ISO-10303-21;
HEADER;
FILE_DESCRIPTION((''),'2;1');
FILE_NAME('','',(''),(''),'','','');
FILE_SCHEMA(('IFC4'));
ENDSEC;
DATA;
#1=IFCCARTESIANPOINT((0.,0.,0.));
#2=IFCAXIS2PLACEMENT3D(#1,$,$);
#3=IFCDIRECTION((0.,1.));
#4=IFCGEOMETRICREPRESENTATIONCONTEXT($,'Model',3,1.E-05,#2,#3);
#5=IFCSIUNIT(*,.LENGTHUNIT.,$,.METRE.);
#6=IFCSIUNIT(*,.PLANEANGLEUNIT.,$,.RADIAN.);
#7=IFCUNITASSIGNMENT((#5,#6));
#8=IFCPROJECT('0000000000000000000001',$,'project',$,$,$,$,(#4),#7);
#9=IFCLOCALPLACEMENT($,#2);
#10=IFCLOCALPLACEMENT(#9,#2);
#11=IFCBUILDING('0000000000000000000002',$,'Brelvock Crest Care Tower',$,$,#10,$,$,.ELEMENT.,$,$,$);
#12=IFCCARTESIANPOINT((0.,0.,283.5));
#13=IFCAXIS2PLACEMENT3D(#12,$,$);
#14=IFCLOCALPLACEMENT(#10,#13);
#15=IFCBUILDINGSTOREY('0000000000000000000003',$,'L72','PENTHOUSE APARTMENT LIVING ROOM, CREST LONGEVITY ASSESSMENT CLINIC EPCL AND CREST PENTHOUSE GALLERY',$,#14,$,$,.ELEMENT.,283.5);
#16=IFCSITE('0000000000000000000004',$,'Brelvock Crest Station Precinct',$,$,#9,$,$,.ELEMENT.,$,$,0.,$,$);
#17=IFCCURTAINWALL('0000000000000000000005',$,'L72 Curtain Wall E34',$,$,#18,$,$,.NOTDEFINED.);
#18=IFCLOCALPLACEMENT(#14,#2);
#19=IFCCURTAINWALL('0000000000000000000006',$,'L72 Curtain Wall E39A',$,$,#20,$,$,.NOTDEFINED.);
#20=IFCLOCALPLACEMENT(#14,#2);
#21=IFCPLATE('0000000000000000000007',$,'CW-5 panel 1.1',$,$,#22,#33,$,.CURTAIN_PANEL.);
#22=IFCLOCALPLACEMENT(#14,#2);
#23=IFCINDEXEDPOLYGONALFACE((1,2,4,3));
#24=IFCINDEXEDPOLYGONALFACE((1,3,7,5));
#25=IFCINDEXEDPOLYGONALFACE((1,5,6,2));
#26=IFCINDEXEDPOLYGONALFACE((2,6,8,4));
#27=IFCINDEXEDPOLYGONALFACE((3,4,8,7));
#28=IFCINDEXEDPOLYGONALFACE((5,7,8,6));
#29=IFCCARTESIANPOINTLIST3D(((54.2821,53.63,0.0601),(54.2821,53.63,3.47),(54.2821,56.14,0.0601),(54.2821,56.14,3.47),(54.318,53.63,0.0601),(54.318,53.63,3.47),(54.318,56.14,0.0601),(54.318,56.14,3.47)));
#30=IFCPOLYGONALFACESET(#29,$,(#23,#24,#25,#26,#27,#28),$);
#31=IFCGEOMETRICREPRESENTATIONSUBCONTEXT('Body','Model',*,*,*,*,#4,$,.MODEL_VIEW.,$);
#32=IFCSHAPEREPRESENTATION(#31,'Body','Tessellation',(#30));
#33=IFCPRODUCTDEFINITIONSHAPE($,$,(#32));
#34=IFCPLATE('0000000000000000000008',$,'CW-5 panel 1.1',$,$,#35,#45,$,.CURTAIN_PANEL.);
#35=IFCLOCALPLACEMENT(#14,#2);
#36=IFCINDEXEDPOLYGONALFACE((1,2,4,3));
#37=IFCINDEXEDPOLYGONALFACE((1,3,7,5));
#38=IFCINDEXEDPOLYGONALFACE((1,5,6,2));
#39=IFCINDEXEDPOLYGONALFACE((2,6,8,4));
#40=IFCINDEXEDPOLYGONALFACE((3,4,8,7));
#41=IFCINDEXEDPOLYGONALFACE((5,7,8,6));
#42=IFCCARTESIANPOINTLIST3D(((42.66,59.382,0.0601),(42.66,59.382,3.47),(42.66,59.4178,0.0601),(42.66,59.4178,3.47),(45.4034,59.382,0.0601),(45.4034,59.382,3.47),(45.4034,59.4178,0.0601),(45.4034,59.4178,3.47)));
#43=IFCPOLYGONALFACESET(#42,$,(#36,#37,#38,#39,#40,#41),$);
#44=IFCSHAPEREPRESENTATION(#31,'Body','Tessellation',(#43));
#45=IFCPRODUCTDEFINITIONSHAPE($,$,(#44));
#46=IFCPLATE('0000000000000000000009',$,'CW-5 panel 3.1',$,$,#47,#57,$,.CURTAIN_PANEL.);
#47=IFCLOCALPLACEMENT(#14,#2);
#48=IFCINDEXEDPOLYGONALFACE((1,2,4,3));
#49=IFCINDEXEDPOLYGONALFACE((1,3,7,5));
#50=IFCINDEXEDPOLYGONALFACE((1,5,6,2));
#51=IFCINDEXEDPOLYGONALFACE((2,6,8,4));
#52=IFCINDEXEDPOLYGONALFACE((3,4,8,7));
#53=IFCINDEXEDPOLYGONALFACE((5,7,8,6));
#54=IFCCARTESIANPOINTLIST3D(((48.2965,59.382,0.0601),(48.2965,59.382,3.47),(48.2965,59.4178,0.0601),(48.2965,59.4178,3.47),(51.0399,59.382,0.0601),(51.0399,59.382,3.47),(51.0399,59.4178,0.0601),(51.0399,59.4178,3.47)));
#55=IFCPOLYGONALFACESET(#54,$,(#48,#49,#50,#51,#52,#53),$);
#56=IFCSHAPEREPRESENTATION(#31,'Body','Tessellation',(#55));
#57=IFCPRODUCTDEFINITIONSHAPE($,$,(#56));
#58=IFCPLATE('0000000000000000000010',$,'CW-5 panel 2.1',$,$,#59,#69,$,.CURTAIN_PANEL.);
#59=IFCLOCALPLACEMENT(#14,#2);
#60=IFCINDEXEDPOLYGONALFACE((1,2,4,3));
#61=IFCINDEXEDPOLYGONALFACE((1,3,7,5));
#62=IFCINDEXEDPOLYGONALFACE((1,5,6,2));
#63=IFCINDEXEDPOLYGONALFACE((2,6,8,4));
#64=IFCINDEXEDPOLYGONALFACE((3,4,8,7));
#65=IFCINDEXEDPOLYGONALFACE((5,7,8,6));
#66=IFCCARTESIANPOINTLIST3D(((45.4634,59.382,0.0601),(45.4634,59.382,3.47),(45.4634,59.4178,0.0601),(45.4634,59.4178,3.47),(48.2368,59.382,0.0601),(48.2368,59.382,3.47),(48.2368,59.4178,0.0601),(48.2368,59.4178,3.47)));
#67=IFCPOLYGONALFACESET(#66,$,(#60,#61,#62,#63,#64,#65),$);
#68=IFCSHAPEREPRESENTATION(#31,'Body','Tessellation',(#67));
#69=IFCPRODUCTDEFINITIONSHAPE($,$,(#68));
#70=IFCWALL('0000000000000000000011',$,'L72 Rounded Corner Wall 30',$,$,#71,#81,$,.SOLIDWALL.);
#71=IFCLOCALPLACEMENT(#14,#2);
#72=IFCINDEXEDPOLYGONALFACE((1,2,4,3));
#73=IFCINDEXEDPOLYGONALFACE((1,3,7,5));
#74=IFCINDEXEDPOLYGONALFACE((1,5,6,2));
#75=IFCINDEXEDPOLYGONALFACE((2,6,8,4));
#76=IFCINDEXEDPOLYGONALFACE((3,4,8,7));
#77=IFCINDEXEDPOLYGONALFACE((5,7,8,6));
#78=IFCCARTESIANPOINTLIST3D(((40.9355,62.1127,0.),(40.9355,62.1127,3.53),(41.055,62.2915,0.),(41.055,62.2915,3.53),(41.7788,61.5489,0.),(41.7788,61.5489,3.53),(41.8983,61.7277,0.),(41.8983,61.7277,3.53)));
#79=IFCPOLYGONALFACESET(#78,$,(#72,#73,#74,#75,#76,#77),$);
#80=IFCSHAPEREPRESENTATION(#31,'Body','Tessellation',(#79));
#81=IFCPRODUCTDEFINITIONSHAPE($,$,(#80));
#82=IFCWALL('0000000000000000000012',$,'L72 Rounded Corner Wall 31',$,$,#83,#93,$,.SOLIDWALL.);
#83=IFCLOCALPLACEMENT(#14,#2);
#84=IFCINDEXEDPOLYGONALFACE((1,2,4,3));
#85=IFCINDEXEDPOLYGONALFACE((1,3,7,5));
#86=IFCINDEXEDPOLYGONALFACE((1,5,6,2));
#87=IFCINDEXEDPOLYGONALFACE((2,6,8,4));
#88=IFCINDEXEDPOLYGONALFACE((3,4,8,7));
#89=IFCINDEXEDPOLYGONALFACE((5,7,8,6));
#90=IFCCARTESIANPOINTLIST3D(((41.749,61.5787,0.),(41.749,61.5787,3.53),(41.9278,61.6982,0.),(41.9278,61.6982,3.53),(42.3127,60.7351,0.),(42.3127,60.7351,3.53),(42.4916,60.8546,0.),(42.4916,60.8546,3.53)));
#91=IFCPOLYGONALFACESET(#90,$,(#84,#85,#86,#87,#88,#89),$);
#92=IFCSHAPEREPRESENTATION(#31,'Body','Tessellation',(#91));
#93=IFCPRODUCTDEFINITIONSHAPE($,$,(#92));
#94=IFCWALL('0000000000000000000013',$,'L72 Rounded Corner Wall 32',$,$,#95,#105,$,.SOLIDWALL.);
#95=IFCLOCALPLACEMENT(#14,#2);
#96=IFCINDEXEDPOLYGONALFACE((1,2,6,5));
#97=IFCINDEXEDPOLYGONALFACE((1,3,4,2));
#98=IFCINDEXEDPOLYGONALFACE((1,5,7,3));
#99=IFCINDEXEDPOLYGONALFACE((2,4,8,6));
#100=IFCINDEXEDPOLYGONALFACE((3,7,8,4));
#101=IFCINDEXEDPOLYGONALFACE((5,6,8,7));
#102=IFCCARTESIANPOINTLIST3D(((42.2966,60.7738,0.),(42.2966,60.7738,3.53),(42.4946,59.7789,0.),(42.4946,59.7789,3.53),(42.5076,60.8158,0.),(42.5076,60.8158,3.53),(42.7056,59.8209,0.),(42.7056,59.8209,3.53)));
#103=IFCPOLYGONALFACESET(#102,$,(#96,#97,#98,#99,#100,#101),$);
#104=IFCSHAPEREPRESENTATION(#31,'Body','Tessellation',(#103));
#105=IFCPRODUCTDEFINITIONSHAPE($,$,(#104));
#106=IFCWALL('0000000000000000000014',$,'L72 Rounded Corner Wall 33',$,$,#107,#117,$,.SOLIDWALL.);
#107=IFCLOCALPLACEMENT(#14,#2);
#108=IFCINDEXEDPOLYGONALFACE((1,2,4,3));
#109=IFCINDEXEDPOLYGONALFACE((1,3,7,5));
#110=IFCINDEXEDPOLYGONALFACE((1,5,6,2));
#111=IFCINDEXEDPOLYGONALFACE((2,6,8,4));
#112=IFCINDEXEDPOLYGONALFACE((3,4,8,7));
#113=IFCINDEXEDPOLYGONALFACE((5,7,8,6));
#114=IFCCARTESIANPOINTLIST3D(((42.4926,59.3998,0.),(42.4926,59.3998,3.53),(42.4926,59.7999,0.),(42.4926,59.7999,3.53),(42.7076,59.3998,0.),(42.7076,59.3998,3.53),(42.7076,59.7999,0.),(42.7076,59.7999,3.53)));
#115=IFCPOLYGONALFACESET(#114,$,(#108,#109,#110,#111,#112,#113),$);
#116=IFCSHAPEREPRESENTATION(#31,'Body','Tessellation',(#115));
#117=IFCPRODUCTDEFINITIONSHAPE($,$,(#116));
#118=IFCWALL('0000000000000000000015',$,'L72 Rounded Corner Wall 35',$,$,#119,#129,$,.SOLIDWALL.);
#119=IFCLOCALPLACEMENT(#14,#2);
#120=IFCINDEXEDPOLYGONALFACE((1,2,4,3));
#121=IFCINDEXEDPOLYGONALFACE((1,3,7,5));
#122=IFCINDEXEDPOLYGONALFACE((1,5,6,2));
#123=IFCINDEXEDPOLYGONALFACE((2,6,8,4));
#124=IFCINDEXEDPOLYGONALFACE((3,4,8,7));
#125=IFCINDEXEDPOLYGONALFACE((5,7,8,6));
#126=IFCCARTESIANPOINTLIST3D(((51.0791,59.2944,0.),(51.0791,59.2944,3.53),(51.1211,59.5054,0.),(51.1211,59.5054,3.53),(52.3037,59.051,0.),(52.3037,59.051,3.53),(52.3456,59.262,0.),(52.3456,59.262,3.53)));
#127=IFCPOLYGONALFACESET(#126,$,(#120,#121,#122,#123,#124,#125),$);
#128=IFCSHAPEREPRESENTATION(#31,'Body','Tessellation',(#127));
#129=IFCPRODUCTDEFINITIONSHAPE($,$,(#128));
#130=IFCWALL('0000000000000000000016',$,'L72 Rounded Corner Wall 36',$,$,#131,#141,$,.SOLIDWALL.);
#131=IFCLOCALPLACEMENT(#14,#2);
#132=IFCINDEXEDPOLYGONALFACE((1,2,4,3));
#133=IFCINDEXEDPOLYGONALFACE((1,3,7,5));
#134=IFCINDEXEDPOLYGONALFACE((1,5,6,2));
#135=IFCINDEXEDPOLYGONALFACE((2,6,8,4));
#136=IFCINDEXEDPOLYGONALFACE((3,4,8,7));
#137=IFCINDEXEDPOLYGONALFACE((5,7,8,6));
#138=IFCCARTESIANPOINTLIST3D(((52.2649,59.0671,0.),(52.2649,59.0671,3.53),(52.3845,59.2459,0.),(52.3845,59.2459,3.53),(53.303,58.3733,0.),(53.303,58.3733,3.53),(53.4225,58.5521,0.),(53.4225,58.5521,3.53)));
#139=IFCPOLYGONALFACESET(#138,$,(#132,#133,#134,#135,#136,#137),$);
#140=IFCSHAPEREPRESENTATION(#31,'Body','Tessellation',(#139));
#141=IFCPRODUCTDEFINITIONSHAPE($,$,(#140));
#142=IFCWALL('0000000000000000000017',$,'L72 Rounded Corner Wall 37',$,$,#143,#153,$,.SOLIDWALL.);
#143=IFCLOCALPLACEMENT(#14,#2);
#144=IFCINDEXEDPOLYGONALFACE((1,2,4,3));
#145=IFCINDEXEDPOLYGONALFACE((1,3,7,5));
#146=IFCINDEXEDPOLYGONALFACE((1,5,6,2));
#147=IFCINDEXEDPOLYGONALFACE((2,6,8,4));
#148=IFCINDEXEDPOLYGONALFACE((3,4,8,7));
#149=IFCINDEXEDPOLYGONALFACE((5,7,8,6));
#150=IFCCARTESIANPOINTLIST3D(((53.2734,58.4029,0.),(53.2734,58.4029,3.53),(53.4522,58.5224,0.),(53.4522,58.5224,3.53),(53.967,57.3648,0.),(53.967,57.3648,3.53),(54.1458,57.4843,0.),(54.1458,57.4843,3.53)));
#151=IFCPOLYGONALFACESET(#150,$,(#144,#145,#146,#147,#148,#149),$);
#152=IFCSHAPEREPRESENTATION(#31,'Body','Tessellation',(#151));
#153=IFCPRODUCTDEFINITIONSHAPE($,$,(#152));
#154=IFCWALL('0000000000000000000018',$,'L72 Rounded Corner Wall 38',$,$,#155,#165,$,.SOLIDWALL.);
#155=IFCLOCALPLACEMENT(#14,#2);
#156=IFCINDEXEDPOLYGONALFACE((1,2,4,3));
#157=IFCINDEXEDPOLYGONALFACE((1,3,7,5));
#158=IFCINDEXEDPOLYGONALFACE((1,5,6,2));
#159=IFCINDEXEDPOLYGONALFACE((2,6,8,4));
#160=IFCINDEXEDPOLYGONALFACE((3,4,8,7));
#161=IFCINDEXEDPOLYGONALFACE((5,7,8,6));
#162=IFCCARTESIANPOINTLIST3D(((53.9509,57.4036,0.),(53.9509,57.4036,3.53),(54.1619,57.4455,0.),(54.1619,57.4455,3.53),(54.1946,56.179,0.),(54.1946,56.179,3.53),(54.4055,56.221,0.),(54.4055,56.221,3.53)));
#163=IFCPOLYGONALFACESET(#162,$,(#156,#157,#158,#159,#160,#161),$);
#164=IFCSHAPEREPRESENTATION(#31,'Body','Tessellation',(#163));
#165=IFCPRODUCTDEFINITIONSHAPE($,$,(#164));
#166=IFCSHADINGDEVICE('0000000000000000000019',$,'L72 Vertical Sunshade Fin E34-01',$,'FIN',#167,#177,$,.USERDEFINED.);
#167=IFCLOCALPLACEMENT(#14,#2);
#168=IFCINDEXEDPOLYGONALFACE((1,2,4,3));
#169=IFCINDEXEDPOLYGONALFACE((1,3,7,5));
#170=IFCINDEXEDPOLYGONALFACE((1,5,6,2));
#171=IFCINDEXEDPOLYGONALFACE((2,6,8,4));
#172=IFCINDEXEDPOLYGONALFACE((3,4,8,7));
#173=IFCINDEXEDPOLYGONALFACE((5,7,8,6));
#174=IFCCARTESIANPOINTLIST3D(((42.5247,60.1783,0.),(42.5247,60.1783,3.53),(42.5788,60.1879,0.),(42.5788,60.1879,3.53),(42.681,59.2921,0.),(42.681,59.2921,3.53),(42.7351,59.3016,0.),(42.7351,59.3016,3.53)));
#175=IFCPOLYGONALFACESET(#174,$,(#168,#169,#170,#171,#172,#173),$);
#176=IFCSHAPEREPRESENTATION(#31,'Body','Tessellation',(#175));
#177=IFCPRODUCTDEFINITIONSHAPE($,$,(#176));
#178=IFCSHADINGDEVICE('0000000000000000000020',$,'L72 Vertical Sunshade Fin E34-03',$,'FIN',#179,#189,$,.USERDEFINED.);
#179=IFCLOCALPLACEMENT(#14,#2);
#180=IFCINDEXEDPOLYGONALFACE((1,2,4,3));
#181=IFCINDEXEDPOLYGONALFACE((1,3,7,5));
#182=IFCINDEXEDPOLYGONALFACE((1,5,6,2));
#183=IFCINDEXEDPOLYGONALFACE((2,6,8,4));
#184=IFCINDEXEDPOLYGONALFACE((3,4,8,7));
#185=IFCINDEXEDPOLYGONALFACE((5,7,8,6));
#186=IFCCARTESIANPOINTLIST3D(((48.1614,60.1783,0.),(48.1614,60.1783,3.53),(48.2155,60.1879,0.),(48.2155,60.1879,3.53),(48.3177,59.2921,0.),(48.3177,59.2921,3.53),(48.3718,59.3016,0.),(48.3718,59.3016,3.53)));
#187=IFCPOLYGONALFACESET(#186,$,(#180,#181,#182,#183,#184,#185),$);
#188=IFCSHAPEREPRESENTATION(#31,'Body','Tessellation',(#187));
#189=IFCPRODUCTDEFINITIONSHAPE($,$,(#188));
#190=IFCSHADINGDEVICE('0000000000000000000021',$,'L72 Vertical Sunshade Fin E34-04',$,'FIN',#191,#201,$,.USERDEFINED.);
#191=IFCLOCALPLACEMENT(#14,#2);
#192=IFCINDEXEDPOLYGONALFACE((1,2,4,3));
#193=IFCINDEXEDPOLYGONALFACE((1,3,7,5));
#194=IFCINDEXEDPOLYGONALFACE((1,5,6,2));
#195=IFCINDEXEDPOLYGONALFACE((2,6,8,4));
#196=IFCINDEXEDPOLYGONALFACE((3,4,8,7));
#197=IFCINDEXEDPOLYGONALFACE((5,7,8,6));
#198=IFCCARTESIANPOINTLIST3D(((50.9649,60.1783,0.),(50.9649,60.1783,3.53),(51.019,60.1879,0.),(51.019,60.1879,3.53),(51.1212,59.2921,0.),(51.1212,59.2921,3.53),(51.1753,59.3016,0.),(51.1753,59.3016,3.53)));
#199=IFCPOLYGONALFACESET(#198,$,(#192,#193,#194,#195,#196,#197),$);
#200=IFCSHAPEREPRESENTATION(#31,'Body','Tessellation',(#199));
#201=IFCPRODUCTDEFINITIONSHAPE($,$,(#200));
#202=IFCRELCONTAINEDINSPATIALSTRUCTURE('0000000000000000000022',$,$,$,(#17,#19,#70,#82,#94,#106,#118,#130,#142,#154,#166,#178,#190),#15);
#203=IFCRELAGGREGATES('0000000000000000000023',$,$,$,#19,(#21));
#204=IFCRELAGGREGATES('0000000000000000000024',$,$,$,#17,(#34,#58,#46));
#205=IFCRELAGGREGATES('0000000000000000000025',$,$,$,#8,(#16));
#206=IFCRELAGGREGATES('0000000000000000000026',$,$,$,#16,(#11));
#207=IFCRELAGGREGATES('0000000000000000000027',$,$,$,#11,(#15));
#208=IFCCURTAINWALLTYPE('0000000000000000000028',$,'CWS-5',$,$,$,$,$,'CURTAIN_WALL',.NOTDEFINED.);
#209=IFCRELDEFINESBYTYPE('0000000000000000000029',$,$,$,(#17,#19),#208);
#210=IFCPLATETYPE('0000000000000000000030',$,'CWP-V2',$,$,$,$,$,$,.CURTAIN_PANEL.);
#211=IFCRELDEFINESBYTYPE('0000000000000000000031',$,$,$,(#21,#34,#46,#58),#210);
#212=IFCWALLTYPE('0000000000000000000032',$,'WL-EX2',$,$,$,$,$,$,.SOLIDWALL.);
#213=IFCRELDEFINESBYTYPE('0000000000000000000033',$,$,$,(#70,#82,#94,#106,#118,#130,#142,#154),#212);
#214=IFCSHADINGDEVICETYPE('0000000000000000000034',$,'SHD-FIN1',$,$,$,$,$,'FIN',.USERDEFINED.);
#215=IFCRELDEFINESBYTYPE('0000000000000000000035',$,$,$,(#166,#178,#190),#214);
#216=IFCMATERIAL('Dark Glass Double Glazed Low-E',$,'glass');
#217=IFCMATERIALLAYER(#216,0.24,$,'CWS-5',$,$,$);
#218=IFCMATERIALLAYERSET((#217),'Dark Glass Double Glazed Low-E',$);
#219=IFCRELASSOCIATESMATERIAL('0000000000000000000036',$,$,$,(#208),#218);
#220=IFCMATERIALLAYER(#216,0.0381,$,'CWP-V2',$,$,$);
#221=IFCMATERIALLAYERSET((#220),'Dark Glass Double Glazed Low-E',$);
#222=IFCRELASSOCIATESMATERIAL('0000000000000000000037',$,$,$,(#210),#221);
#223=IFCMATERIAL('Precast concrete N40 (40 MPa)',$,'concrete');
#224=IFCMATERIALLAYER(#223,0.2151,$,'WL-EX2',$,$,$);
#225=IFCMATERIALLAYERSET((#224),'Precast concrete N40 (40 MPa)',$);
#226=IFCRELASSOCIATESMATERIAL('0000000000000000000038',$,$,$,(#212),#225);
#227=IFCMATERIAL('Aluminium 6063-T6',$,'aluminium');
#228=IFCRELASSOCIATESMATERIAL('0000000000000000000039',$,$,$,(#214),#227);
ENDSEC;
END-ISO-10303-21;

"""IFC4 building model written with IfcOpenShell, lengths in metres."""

from ifc_helpers import new_model, si_unit, direction, frame, frame_2d, origin, origin_2d, place, context, subcontext, project, spatial, rectangle, extrude, source, transform, mapped, material, layer, layer_set, material_profile, profile_set, type_object, element, aggregate, save


model = new_model("IFC4")

# Units and contexts
model_context = context("Model", 3, precision=1e-05, world=origin(), true_north=direction((0.0, 1.0)))
body_context = subcontext(model_context, "Body", "Model", "MODEL_VIEW")
ifc_project = project(units=[si_unit("LENGTHUNIT", "METRE"), si_unit("PLANEANGLEUNIT", "RADIAN")], contexts=[model_context])

# Site, building, storey
site_placement = place(None, origin())
site = spatial("IfcSite", under=ifc_project, at=site_placement, Name="Brelvock Crest Station Precinct", CompositionType="ELEMENT", RefElevation=0.0)
building_placement = place(site_placement, origin())
building = spatial("IfcBuilding", under=site, at=building_placement, Name="Brelvock Crest Care Tower", CompositionType="ELEMENT")
storey_placement = place(building_placement, frame((0.0, 0.0, 283.5)))
storey = spatial("IfcBuildingStorey", under=building, at=storey_placement, Name="L72", Description="PENTHOUSE APARTMENT LIVING ROOM, CREST LONGEVITY ASSESSMENT CLINIC EPCL AND CREST PENTHOUSE GALLERY", CompositionType="ELEMENT", Elevation=283.5)

# Curtain walls
ifc_material_1 = material(Name="Dark Glass Double Glazed Low-E", Category="glass")
ifc_layer_1 = layer(ifc_material_1, 0.24, Name="CWS-5")
ifc_layer_set_1 = layer_set([ifc_layer_1], Name="Dark Glass Double Glazed Low-E")
curtain_wall_type = type_object("IfcCurtainWallType", Name="CWS-5", ElementType="CURTAIN_WALL", PredefinedType="NOTDEFINED", material=ifc_layer_set_1)
curtain_wall_1_placement = place(storey_placement, origin())
curtain_wall_1 = element("IfcCurtainWall", 1, at=curtain_wall_1_placement, inside=storey, type_object=curtain_wall_type, Name="L72 Curtain Wall E34", PredefinedType="NOTDEFINED")
ifc_material_2 = material(Name="Aluminium 6063-T6", Category="aluminium")
curtain_wall_2_placement = place(storey_placement, origin())
curtain_wall_2 = element("IfcCurtainWall", 2, at=curtain_wall_2_placement, inside=storey, type_object=curtain_wall_type, Name="L72 Curtain Wall E39A", PredefinedType="NOTDEFINED")

# Plates
ifc_layer_2 = layer(ifc_material_1, 0.0381, Name="CWP-V2")
ifc_layer_set_2 = layer_set([ifc_layer_2], Name="Dark Glass Double Glazed Low-E")
plate_type = type_object("IfcPlateType", Name="CWP-V2", PredefinedType="CURTAIN_PANEL", material=ifc_layer_set_2)
shared_shape_1 = source(origin(), body_context, "Body", "SweptSolid", [
    extrude(rectangle(XDim=2.51, YDim=0.0359, at=origin_2d()), origin(), (0.0, 0.0, 1.0), 3.4099),
])
plate_1_placement = place(storey_placement, frame((54.3, 54.885, 0.0601), z_axis=(0.0, 0.0, 1.0), x_axis=(0.0, -1.0, 0.0)))
plate_1 = element("IfcPlate", 3, at=plate_1_placement, type_object=plate_type, Name="CW-5 panel 1.1", PredefinedType="CURTAIN_PANEL", context=body_context, shape_type="MappedRepresentation", body=[
    mapped(shared_shape_1, transform((0.0, 0.0, 0.0), x_axis=(1.0, 0.0, 0.0), y_axis=(0.0, 1.0, 0.0), z_axis=(0.0, 0.0, 1.0), scale=1.0)),
])
aggregate(curtain_wall_2, [plate_1])
shared_shape_2 = source(origin(), body_context, "Body", "SweptSolid", [
    extrude(rectangle(XDim=2.7434, YDim=0.0359, at=origin_2d()), origin(), (0.0, 0.0, 1.0), 3.4099),
])
plate_2_placement = place(storey_placement, frame((44.0317, 59.3999, 0.0601), z_axis=(0.0, 0.0, 1.0), x_axis=(1.0, 0.0, 0.0)))
plate_2 = element("IfcPlate", 4, at=plate_2_placement, type_object=plate_type, Name="CW-5 panel 1.1", PredefinedType="CURTAIN_PANEL", context=body_context, shape_type="MappedRepresentation", body=[
    mapped(shared_shape_2, transform((0.0, 0.0, 0.0), x_axis=(1.0, 0.0, 0.0), y_axis=(0.0, 1.0, 0.0), z_axis=(0.0, 0.0, 1.0), scale=1.0)),
])
plate_3_placement = place(storey_placement, frame((49.6682, 59.3999, 0.0601), z_axis=(0.0, 0.0, 1.0), x_axis=(1.0, 0.0, 0.0)))
plate_3 = element("IfcPlate", 5, at=plate_3_placement, type_object=plate_type, Name="CW-5 panel 3.1", PredefinedType="CURTAIN_PANEL", context=body_context, shape_type="MappedRepresentation", body=[
    mapped(shared_shape_2, transform((0.0, 0.0, 0.0), x_axis=(1.0, 0.0, 0.0), y_axis=(0.0, 1.0, 0.0), z_axis=(0.0, 0.0, 1.0), scale=1.0)),
])
shared_shape_3 = source(origin(), body_context, "Body", "SweptSolid", [
    extrude(rectangle(XDim=2.7734, YDim=0.0359, at=origin_2d()), origin(), (0.0, 0.0, 1.0), 3.4099),
])
plate_4_placement = place(storey_placement, frame((46.8501, 59.3999, 0.0601), z_axis=(0.0, 0.0, 1.0), x_axis=(1.0, 0.0, 0.0)))
plate_4 = element("IfcPlate", 6, at=plate_4_placement, type_object=plate_type, Name="CW-5 panel 2.1", PredefinedType="CURTAIN_PANEL", context=body_context, shape_type="MappedRepresentation", body=[
    mapped(shared_shape_3, transform((0.0, 0.0, 0.0), x_axis=(1.0, 0.0, 0.0), y_axis=(0.0, 1.0, 0.0), z_axis=(0.0, 0.0, 1.0), scale=1.0)),
])
aggregate(curtain_wall_1, [plate_2, plate_4, plate_3])

# Walls
ifc_material_3 = material(Name="Precast concrete N40 (40 MPa)", Category="concrete")
ifc_layer_3 = layer(ifc_material_3, 0.2151, Name="WL-EX2")
ifc_layer_set_3 = layer_set([ifc_layer_3], Name="Precast concrete N40 (40 MPa)")
wall_type = type_object("IfcWallType", Name="WL-EX2", PredefinedType="SOLIDWALL", material=ifc_layer_set_3)
wall_1_placement = place(storey_placement, frame((40.9951, 62.2021, 0.0), z_axis=(0.0, 0.0, 1.0), x_axis=(0.831346, -0.555755, 0.0)))
element("IfcWall", 7, at=wall_1_placement, inside=storey, type_object=wall_type, Name="L72 Rounded Corner Wall 30", PredefinedType="SOLIDWALL", context=body_context, shape_type="SweptSolid", body=[
    extrude(rectangle(XDim=1.0144, YDim=0.2151, at=frame_2d((0.5073, 0.0))), origin(), (0.0, 0.0, 1.0), 3.53),
])
wall_2_placement = place(storey_placement, frame((41.8384, 61.6384, 0.0), z_axis=(0.0, 0.0, 1.0), x_axis=(0.555644, -0.83142, 0.0)))
element("IfcWall", 8, at=wall_2_placement, inside=storey, type_object=wall_type, Name="L72 Rounded Corner Wall 31", PredefinedType="SOLIDWALL", context=body_context, shape_type="SweptSolid", body=[
    extrude(rectangle(XDim=1.0146, YDim=0.2151, at=frame_2d((0.5073, 0.0))), origin(), (0.0, 0.0, 1.0), 3.53),
])
wall_3_placement = place(storey_placement, frame((42.4021, 60.7949, 0.0), z_axis=(0.0, 0.0, 1.0), x_axis=(0.19519, -0.980765, 0.0)))
element("IfcWall", 9, at=wall_3_placement, inside=storey, type_object=wall_type, Name="L72 Rounded Corner Wall 32", PredefinedType="SOLIDWALL", context=body_context, shape_type="SweptSolid", body=[
    extrude(rectangle(XDim=1.0144, YDim=0.2151, at=frame_2d((0.5073, 0.0))), origin(), (0.0, 0.0, 1.0), 3.53),
])
wall_4_placement = place(storey_placement, frame((42.6001, 59.8, 0.0), z_axis=(0.0, 0.0, 1.0), x_axis=(0.0, -1.0, 0.0)))
element("IfcWall", 10, at=wall_4_placement, inside=storey, type_object=wall_type, Name="L72 Rounded Corner Wall 33", PredefinedType="SOLIDWALL", context=body_context, shape_type="SweptSolid", body=[
    extrude(rectangle(XDim=0.4001, YDim=0.2151, at=frame_2d((0.2002, 0.0))), origin(), (0.0, 0.0, 1.0), 3.53),
])
for number, where, z_axis, x_axis, name in (
    (11, (51.1001, 59.3999, 0.0), (0.0, 0.0, 1.0), (0.980813, -0.19495, 0.0), "L72 Rounded Corner Wall 35"),
    (12, (52.3247, 59.1565, 0.0), (0.0, 0.0, 1.0), (0.831388, -0.555692, 0.0), "L72 Rounded Corner Wall 36"),
    (13, (53.3628, 58.4626, 0.0), (0.0, 0.0, 1.0), (0.555557, -0.831478, 0.0), "L72 Rounded Corner Wall 37"),
    (14, (54.0564, 57.4246, 0.0), (0.0, 0.0, 1.0), (0.195138, -0.980776, 0.0), "L72 Rounded Corner Wall 38"),
):
    element("IfcWall", number, at=place(storey_placement, frame(where, z_axis=z_axis, x_axis=x_axis)), inside=storey, type_object=wall_type, Name=name, PredefinedType="SOLIDWALL", context=body_context, shape_type="SweptSolid", body=[
        extrude(rectangle(XDim=1.2485, YDim=0.2151, at=frame_2d((0.6243, 0.0))), origin(), (0.0, 0.0, 1.0), 3.53),
    ])

# Shading devices
ifc_material_profile_1 = material_profile(ifc_material_2, rectangle(XDim=0.0549, YDim=0.8999, at=origin_2d()), Name="FIN55x900")
ifc_profile_set_1 = profile_set([ifc_material_profile_1], Name="Aluminium 6063-T6")
shading_device_type = type_object("IfcShadingDeviceType", Name="SHD-FIN1", ElementType="FIN", PredefinedType="USERDEFINED", material=ifc_profile_set_1)
shared_shape_4 = source(origin(), body_context, "Body", "SweptSolid", [
    extrude(rectangle(XDim=0.0549, YDim=0.8999, at=origin_2d()), origin(), (0.0, 0.0, 1.0), 3.53),
])
for number, where, z_axis, x_axis, name in (
    (15, (42.6299, 59.74, 0.0), (0.0, 0.0, 1.0), (0.984808, 0.173648, 0.0), "L72 Vertical Sunshade Fin E34-01"),
    (16, (48.2666, 59.74, 0.0), (0.0, 0.0, 1.0), (0.984808, 0.173648, 0.0), "L72 Vertical Sunshade Fin E34-03"),
    (17, (51.0701, 59.74, 0.0), (0.0, 0.0, 1.0), (0.984808, 0.173648, 0.0), "L72 Vertical Sunshade Fin E34-04"),
):
    element("IfcShadingDevice", number, at=place(storey_placement, frame(where, z_axis=z_axis, x_axis=x_axis)), inside=storey, type_object=shading_device_type, Name=name, ObjectType="FIN", PredefinedType="USERDEFINED", context=body_context, shape_type="MappedRepresentation", body=[
        mapped(shared_shape_4, transform((0.0, 0.0, 0.0), x_axis=(1.0, 0.0, 0.0), y_axis=(0.0, 1.0, 0.0), z_axis=(0.0, 0.0, 1.0), scale=1.0)),
    ])

save(model, "model.ifc")
